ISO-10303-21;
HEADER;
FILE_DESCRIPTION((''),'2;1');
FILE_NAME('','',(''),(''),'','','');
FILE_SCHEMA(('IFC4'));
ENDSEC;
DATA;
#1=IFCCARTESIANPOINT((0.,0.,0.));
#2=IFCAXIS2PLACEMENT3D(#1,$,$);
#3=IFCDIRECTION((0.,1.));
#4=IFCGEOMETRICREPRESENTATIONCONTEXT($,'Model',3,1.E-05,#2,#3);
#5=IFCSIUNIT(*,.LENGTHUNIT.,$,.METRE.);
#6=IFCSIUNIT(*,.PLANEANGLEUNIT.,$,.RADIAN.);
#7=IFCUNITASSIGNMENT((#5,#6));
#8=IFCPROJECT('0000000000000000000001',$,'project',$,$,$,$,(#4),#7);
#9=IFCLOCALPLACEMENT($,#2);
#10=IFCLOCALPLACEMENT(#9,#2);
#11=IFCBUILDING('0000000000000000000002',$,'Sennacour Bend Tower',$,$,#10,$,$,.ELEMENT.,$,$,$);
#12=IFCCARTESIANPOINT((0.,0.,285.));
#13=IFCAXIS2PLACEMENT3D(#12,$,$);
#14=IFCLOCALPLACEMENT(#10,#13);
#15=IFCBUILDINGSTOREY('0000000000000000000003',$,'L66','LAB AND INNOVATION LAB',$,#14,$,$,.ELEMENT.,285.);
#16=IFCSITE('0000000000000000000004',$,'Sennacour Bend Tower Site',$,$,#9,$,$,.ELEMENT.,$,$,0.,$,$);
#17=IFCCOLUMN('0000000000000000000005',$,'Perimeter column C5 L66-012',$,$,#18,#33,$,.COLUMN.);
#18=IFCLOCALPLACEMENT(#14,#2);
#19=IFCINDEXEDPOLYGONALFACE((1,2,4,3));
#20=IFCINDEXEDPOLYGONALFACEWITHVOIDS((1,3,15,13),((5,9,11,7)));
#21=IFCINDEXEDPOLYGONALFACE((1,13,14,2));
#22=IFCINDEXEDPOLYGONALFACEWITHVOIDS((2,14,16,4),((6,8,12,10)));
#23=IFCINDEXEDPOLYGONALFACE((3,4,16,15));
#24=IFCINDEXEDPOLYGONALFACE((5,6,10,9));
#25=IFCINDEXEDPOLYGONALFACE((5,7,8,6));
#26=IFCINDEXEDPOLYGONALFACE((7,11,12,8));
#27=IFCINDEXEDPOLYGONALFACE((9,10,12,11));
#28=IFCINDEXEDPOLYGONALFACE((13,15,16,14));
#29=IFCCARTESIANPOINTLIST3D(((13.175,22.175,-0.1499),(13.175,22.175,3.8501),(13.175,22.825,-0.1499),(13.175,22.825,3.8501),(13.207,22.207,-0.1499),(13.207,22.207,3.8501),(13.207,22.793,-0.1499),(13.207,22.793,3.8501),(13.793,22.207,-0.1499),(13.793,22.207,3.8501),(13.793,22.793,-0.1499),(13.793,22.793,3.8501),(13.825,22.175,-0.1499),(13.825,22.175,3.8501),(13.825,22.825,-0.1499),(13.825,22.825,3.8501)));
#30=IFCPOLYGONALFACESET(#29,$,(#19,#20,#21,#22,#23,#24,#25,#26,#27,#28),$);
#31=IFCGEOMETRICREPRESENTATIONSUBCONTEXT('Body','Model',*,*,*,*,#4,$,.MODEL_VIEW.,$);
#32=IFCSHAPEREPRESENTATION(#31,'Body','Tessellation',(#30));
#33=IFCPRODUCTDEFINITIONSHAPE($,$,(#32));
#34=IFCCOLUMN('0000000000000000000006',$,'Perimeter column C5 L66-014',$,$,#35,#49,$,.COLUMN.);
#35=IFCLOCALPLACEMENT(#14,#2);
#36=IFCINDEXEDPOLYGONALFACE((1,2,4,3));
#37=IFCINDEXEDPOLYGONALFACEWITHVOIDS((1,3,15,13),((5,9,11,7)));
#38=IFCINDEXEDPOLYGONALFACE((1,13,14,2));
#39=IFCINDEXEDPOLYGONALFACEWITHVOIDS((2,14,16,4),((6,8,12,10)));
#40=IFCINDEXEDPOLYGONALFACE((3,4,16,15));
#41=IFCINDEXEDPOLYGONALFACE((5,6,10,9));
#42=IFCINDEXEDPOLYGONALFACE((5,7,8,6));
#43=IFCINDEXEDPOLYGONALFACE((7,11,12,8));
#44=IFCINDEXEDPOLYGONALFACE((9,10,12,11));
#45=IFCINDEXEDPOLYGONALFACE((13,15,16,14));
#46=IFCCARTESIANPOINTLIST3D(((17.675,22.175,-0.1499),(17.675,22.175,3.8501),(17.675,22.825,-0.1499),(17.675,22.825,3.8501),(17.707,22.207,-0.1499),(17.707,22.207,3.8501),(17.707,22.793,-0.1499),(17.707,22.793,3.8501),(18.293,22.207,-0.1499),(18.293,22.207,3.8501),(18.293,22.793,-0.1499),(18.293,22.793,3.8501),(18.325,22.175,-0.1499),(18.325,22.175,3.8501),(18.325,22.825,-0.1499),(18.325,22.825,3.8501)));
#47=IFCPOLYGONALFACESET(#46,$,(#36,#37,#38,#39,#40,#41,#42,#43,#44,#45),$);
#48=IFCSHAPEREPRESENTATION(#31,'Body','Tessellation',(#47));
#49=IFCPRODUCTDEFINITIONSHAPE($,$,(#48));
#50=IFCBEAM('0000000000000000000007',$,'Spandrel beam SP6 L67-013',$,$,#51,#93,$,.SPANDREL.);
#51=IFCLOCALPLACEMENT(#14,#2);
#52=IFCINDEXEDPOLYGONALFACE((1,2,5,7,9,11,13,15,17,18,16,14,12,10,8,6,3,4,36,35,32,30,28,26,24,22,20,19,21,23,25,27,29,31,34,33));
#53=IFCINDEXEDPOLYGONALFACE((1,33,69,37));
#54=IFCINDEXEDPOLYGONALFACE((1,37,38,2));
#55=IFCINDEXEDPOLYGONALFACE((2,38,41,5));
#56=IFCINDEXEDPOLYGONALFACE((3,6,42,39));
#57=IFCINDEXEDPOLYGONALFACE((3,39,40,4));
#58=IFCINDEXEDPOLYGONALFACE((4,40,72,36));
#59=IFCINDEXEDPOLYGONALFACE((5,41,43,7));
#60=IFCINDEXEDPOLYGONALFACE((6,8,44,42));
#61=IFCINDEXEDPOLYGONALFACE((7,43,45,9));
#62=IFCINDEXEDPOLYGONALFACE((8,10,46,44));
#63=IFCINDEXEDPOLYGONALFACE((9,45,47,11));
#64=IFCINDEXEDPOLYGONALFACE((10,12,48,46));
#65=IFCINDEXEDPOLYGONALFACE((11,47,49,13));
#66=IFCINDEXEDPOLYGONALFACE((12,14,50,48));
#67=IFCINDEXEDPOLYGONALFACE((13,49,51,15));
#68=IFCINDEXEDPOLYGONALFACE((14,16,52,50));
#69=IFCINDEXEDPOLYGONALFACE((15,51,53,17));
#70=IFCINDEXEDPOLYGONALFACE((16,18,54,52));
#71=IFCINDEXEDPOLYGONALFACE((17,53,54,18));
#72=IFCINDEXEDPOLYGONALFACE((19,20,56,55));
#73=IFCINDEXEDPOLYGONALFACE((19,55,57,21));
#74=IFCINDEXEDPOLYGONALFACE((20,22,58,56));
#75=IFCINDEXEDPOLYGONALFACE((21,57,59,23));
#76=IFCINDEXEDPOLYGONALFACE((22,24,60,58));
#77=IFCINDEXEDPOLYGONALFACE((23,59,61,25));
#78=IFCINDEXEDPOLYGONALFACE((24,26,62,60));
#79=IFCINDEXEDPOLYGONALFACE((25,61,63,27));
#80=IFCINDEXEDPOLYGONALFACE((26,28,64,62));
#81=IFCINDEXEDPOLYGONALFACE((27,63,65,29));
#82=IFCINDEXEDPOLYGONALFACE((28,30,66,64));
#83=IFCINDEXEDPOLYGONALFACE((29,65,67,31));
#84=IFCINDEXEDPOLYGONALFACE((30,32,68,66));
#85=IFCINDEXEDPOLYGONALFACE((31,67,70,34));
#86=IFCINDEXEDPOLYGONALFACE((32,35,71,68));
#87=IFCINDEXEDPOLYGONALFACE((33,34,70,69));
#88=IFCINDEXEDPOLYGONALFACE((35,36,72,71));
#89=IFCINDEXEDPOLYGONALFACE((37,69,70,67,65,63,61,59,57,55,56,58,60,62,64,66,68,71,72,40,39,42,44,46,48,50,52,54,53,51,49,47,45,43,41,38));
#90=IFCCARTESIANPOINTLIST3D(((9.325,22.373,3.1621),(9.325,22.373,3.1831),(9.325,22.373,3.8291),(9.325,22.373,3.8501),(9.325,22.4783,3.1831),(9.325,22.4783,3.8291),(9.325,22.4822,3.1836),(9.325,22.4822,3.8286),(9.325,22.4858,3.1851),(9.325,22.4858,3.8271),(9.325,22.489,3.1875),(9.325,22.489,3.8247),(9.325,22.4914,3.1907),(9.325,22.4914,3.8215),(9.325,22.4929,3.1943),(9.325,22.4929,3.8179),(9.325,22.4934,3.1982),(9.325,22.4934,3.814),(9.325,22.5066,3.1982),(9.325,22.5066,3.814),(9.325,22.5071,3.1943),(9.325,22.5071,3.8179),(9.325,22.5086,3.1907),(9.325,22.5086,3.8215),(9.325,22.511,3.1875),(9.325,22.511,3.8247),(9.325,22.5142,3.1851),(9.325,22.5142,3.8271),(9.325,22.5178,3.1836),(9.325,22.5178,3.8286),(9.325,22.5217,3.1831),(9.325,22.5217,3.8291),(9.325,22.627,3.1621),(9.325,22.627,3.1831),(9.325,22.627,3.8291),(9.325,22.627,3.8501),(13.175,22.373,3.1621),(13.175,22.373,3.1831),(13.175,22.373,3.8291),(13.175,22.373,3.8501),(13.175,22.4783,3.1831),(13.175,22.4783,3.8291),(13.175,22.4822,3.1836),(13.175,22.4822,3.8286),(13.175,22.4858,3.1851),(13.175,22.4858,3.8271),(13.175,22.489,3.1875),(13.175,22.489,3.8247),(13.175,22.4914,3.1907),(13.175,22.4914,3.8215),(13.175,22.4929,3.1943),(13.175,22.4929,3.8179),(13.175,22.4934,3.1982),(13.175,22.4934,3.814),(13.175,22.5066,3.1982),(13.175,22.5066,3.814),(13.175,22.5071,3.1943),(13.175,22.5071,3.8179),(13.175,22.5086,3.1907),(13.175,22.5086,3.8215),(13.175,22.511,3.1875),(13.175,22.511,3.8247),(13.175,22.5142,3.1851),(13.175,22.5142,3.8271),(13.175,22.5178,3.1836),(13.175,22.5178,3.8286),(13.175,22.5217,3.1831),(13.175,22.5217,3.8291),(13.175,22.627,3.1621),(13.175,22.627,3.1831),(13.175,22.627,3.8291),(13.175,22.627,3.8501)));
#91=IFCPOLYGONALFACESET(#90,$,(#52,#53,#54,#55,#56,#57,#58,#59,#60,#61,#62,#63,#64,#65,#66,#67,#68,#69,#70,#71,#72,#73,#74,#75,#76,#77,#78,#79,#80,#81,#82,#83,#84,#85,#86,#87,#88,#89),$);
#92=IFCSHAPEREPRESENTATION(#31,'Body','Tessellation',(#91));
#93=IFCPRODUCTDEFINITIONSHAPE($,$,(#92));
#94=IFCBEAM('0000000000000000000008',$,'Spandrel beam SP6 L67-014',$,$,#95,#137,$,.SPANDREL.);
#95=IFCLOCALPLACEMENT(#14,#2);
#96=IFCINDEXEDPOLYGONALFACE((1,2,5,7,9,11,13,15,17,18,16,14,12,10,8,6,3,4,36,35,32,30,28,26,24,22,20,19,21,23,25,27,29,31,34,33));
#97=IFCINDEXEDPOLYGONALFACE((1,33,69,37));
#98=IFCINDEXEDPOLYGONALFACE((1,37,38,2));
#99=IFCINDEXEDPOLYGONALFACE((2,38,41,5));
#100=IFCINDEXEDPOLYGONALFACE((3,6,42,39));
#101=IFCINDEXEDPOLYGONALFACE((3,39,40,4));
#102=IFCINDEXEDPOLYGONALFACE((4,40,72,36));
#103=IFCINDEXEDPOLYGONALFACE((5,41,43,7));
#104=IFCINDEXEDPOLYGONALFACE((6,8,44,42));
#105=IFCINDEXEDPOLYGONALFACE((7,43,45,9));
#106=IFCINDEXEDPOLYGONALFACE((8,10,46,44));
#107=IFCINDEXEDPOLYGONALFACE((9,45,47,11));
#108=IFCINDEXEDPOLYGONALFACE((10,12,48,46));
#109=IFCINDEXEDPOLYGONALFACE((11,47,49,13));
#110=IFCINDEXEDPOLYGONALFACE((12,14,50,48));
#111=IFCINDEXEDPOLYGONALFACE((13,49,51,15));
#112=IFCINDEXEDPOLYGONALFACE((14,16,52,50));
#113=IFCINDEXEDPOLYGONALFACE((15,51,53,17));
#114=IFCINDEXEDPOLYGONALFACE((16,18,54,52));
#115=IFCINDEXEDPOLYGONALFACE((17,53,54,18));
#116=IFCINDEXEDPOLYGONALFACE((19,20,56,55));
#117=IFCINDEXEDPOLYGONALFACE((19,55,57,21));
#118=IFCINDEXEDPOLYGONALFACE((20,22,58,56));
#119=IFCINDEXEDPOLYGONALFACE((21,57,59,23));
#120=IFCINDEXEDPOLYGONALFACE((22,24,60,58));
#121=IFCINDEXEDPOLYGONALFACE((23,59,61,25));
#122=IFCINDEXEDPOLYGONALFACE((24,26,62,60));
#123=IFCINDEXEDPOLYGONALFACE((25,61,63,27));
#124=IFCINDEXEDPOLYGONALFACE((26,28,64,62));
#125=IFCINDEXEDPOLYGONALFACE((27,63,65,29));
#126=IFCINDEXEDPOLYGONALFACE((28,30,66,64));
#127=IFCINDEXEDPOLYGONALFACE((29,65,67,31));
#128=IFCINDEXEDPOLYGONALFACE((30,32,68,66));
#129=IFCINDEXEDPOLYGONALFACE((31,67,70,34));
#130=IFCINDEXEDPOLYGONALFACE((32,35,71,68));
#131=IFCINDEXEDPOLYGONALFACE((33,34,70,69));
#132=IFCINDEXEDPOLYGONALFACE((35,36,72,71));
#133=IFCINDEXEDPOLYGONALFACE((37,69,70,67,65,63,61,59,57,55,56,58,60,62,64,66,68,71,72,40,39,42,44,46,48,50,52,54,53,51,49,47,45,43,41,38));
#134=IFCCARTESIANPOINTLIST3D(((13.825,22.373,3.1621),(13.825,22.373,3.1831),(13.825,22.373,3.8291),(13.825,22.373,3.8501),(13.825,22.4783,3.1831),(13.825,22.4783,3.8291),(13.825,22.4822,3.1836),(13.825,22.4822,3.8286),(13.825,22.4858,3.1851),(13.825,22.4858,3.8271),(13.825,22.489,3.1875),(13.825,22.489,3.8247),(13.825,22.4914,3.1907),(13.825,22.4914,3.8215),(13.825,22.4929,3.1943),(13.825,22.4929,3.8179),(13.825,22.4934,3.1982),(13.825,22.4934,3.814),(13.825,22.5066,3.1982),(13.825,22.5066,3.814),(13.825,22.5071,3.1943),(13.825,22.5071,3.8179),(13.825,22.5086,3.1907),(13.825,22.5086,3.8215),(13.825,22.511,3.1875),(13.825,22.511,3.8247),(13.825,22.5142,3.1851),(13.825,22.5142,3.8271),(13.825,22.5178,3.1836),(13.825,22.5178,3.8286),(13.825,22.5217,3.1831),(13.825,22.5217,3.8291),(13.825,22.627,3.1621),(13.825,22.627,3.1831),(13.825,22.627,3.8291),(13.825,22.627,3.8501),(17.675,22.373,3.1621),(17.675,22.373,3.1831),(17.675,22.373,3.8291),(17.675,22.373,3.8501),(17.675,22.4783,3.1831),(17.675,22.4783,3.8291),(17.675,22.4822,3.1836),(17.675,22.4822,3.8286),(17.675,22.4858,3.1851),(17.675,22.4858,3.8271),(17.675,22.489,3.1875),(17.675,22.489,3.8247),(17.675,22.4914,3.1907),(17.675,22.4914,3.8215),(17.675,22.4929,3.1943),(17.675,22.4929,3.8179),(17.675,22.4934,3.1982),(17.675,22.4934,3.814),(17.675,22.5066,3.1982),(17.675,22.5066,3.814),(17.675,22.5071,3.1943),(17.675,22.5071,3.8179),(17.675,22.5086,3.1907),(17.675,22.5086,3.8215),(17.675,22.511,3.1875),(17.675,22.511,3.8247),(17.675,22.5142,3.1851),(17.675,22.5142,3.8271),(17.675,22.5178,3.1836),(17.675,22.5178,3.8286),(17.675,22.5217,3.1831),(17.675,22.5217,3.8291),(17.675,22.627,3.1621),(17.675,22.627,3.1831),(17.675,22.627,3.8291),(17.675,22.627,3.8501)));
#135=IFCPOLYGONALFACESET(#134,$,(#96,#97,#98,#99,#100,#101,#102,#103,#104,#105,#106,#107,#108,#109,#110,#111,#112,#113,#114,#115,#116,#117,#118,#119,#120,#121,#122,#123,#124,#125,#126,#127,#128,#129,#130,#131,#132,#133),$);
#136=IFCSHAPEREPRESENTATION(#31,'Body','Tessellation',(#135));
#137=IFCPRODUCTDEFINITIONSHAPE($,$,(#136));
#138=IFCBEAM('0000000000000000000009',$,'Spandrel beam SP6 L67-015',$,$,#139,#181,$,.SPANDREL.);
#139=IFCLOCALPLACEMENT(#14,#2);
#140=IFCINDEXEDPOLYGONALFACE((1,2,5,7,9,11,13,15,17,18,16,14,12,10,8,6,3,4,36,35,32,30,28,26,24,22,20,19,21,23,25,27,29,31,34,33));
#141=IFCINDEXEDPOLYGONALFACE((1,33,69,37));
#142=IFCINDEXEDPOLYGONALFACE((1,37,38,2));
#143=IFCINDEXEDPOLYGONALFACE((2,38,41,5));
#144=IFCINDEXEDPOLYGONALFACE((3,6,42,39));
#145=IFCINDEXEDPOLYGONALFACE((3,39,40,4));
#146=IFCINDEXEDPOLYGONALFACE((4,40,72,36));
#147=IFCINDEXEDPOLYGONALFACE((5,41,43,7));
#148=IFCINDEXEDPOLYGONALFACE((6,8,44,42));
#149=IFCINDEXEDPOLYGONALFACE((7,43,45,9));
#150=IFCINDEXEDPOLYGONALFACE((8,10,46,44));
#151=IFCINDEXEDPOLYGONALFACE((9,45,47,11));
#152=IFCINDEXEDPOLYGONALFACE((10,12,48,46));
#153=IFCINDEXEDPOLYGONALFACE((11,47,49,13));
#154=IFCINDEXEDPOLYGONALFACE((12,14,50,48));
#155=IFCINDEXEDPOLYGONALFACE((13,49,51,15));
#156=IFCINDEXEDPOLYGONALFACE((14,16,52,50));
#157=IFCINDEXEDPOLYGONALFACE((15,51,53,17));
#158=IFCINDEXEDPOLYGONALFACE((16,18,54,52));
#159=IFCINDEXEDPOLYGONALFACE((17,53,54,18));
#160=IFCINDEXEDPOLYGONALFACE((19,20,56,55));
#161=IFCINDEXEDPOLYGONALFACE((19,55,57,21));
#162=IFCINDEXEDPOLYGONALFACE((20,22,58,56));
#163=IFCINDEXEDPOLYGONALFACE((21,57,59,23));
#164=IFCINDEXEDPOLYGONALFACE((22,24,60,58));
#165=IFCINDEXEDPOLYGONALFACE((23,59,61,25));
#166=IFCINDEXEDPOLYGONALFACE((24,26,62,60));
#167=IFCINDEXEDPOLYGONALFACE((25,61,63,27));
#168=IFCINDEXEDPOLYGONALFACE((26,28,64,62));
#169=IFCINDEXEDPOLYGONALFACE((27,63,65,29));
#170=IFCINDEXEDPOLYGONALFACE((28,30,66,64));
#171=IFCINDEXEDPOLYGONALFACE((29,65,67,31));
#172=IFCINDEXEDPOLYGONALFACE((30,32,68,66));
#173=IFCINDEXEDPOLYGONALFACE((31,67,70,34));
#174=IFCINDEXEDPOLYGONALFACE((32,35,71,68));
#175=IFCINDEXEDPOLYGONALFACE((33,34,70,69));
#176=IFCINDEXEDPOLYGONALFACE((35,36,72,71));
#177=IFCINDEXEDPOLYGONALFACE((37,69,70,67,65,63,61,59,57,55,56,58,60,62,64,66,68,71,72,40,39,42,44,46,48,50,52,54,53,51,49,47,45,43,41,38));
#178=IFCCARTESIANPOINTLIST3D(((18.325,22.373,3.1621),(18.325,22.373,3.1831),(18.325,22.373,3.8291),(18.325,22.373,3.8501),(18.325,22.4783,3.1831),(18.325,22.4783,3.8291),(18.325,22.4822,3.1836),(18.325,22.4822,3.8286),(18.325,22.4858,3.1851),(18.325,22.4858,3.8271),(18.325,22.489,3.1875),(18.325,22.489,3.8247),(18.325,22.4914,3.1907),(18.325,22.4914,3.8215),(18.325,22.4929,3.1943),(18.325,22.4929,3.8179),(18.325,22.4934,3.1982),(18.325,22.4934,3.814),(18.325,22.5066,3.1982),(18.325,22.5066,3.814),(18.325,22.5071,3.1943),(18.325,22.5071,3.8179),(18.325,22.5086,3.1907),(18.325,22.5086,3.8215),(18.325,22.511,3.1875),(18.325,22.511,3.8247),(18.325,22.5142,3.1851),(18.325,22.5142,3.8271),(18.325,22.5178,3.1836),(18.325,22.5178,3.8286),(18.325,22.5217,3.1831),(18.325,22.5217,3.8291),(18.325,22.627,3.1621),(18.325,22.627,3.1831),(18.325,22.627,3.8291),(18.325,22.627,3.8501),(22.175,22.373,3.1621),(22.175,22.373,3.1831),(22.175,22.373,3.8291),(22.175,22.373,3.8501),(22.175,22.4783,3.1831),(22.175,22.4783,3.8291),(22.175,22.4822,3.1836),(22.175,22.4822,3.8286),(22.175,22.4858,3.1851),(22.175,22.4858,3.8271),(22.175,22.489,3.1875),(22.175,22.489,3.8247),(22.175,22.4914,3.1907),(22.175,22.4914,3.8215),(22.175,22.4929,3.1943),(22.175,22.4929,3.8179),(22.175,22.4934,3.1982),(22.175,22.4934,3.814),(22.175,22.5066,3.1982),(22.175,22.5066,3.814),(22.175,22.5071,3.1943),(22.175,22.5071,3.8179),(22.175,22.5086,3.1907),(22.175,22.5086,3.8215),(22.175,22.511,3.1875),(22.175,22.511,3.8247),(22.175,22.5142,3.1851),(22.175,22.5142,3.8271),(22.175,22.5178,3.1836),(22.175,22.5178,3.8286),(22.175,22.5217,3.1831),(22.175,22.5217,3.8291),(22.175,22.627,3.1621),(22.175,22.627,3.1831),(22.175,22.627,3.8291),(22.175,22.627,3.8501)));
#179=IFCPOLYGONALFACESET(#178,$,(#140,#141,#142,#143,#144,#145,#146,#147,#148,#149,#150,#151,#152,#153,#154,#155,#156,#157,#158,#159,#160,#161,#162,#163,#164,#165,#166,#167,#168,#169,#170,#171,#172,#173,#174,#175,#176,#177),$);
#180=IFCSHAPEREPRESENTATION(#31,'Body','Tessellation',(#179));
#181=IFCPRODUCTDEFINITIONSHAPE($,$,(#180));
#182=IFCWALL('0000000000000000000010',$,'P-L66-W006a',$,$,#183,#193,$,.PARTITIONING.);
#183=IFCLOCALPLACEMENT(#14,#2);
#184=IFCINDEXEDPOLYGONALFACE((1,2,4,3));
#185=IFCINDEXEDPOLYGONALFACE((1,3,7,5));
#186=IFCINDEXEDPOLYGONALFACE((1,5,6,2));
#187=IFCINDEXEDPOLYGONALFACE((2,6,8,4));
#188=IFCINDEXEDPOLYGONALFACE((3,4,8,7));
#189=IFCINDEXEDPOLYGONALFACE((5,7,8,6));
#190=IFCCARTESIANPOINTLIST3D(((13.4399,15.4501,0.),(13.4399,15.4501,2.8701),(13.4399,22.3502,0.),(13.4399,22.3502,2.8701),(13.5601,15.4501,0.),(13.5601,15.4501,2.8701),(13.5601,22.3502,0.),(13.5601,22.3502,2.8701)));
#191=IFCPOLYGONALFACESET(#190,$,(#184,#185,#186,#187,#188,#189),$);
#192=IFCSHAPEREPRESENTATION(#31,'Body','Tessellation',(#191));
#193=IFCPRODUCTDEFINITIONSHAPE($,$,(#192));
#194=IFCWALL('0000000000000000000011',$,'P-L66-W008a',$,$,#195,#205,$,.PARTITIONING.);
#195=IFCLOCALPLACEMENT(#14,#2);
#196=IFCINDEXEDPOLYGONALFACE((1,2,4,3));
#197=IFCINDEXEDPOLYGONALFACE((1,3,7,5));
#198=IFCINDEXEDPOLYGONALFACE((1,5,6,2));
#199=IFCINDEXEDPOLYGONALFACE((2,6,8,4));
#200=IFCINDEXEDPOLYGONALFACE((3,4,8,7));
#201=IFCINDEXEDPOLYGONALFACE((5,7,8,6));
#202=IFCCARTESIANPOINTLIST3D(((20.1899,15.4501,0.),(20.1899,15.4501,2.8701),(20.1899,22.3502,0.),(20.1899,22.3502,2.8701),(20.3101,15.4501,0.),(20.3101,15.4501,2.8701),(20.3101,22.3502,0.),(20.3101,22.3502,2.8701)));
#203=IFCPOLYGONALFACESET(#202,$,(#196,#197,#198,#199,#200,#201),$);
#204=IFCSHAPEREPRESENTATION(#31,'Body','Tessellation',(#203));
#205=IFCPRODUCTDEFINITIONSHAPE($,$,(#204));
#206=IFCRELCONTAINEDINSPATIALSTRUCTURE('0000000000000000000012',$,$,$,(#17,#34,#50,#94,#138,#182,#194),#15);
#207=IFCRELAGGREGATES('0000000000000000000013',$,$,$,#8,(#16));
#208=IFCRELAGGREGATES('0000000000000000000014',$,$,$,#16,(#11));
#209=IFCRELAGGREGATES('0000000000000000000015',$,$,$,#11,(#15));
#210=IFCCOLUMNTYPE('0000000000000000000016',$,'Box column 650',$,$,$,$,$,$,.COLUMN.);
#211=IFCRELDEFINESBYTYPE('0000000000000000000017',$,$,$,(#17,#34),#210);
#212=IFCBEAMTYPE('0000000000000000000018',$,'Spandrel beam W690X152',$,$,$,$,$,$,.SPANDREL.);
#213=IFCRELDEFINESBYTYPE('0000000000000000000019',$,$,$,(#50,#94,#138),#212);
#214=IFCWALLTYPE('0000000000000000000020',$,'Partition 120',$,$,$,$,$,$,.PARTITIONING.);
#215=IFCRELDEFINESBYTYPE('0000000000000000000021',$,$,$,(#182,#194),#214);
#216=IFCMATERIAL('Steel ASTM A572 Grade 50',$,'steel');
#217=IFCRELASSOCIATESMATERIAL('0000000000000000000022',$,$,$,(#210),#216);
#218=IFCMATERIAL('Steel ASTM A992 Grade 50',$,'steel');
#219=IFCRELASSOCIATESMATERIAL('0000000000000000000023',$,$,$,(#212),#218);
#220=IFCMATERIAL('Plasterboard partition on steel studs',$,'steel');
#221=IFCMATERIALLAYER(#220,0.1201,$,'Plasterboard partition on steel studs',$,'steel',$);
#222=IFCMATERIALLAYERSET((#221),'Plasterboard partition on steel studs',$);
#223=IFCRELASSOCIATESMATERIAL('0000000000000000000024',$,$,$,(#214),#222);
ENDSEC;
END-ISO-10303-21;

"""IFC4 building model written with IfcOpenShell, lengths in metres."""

from ifc_helpers import new_model, si_unit, direction, frame, frame_2d, origin, origin_2d, place, context, subcontext, project, spatial, rectangle, hollow_rectangle, i_section, extrude, material, layer, layer_set, material_profile, profile_set, type_object, element, save


model = new_model("IFC4")

# Units and contexts
model_context = context("Model", 3, precision=1e-05, world=origin(), true_north=direction((0.0, 1.0)))
body_context = subcontext(model_context, "Body", "Model", "MODEL_VIEW")
ifc_project = project(units=[si_unit("LENGTHUNIT", "METRE"), si_unit("PLANEANGLEUNIT", "RADIAN")], contexts=[model_context])

# Site, building, storey
site_placement = place(None, origin())
site = spatial("IfcSite", under=ifc_project, at=site_placement, Name="Sennacour Bend Tower Site", CompositionType="ELEMENT", RefElevation=0.0)
building_placement = place(site_placement, origin())
building = spatial("IfcBuilding", under=site, at=building_placement, Name="Sennacour Bend Tower", CompositionType="ELEMENT")
storey_placement = place(building_placement, frame((0.0, 0.0, 285.0)))
storey = spatial("IfcBuildingStorey", under=building, at=storey_placement, Name="L66", Description="LAB AND INNOVATION LAB", CompositionType="ELEMENT", Elevation=285.0)

# Columns
ifc_material_1 = material(Name="Steel ASTM A572 Grade 50", Category="steel")
ifc_material_profile_1 = material_profile(ifc_material_1, hollow_rectangle(XDim=0.6499, YDim=0.6499, WallThickness=0.032, at=origin_2d()), Name="Steel ASTM A572 Grade 50", Category="steel")
ifc_profile_set_1 = profile_set([ifc_material_profile_1], Name="Steel ASTM A572 Grade 50")
column_type = type_object("IfcColumnType", Name="Box column 650", PredefinedType="COLUMN", material=ifc_profile_set_1)
for number, where, z_axis, x_axis, name in (
    (1, (13.5, 22.5, -0.1499), (0.0, 0.0, 1.0), (1.0, 0.0, 0.0), "Perimeter column C5 L66-012"),
    (2, (18.0, 22.5, -0.1499), (0.0, 0.0, 1.0), (1.0, 0.0, 0.0), "Perimeter column C5 L66-014"),
):
    element("IfcColumn", number, at=place(storey_placement, frame(where, z_axis=z_axis, x_axis=x_axis)), inside=storey, type_object=column_type, Name=name, PredefinedType="COLUMN", context=body_context, shape_type="SweptSolid", body=[
        extrude(hollow_rectangle(XDim=0.6499, YDim=0.6499, WallThickness=0.032, at=origin_2d()), origin(), (0.0, 0.0, 1.0), 4.0),
    ])

# Beams
ifc_material_2 = material(Name="Steel ASTM A992 Grade 50", Category="steel")
ifc_material_profile_2 = material_profile(ifc_material_2, i_section(OverallWidth=0.2539, OverallDepth=0.688, WebThickness=0.0132, FlangeThickness=0.021, FilletRadius=0.0151, at=origin_2d()), Name="Steel ASTM A992 Grade 50", Category="steel")
ifc_profile_set_2 = profile_set([ifc_material_profile_2], Name="Steel ASTM A992 Grade 50")
beam_type = type_object("IfcBeamType", Name="Spandrel beam W690X152", PredefinedType="SPANDREL", material=ifc_profile_set_2)
for number, where, z_axis, x_axis, name in (
    (3, (9.325, 22.5, 3.5061), (1.0, 0.0, 0.0), (0.0, 1.0, 0.0), "Spandrel beam SP6 L67-013"),
    (4, (13.825, 22.5, 3.5061), (1.0, 0.0, 0.0), (0.0, 1.0, 0.0), "Spandrel beam SP6 L67-014"),
    (5, (18.325, 22.5, 3.5061), (1.0, 0.0, 0.0), (0.0, 1.0, 0.0), "Spandrel beam SP6 L67-015"),
):
    element("IfcBeam", number, at=place(storey_placement, frame(where, z_axis=z_axis, x_axis=x_axis)), inside=storey, type_object=beam_type, Name=name, PredefinedType="SPANDREL", context=body_context, shape_type="SweptSolid", body=[
        extrude(i_section(OverallWidth=0.2539, OverallDepth=0.688, WebThickness=0.0132, FlangeThickness=0.021, FilletRadius=0.0151, at=origin_2d()), origin(), (0.0, 0.0, 1.0), 3.8501),
    ])

# Walls
ifc_material_3 = material(Name="Plasterboard partition on steel studs", Category="steel")
ifc_layer_1 = layer(ifc_material_3, 0.1201, Name="Plasterboard partition on steel studs", Category="steel")
ifc_layer_set_1 = layer_set([ifc_layer_1], Name="Plasterboard partition on steel studs")
wall_type_1 = type_object("IfcWallType", Name="Partition 120", PredefinedType="PARTITIONING", material=ifc_layer_set_1)
for number, where, z_axis, x_axis, name in (
    (6, (13.5, 15.45, 0.0), (0.0, 0.0, 1.0), (0.0, 1.0, 0.0), "P-L66-W006a"),
    (7, (20.25, 15.45, 0.0), (0.0, 0.0, 1.0), (0.0, 1.0, 0.0), "P-L66-W008a"),
):
    element("IfcWall", number, at=place(storey_placement, frame(where, z_axis=z_axis, x_axis=x_axis)), inside=storey, type_object=wall_type_1, Name=name, PredefinedType="PARTITIONING", context=body_context, shape_type="SweptSolid", body=[
        extrude(rectangle(XDim=6.9001, YDim=0.1201, at=frame_2d((3.4502, 0.0))), origin(), (0.0, 0.0, 1.0), 2.8701),
    ])

save(model, "model.ifc")
